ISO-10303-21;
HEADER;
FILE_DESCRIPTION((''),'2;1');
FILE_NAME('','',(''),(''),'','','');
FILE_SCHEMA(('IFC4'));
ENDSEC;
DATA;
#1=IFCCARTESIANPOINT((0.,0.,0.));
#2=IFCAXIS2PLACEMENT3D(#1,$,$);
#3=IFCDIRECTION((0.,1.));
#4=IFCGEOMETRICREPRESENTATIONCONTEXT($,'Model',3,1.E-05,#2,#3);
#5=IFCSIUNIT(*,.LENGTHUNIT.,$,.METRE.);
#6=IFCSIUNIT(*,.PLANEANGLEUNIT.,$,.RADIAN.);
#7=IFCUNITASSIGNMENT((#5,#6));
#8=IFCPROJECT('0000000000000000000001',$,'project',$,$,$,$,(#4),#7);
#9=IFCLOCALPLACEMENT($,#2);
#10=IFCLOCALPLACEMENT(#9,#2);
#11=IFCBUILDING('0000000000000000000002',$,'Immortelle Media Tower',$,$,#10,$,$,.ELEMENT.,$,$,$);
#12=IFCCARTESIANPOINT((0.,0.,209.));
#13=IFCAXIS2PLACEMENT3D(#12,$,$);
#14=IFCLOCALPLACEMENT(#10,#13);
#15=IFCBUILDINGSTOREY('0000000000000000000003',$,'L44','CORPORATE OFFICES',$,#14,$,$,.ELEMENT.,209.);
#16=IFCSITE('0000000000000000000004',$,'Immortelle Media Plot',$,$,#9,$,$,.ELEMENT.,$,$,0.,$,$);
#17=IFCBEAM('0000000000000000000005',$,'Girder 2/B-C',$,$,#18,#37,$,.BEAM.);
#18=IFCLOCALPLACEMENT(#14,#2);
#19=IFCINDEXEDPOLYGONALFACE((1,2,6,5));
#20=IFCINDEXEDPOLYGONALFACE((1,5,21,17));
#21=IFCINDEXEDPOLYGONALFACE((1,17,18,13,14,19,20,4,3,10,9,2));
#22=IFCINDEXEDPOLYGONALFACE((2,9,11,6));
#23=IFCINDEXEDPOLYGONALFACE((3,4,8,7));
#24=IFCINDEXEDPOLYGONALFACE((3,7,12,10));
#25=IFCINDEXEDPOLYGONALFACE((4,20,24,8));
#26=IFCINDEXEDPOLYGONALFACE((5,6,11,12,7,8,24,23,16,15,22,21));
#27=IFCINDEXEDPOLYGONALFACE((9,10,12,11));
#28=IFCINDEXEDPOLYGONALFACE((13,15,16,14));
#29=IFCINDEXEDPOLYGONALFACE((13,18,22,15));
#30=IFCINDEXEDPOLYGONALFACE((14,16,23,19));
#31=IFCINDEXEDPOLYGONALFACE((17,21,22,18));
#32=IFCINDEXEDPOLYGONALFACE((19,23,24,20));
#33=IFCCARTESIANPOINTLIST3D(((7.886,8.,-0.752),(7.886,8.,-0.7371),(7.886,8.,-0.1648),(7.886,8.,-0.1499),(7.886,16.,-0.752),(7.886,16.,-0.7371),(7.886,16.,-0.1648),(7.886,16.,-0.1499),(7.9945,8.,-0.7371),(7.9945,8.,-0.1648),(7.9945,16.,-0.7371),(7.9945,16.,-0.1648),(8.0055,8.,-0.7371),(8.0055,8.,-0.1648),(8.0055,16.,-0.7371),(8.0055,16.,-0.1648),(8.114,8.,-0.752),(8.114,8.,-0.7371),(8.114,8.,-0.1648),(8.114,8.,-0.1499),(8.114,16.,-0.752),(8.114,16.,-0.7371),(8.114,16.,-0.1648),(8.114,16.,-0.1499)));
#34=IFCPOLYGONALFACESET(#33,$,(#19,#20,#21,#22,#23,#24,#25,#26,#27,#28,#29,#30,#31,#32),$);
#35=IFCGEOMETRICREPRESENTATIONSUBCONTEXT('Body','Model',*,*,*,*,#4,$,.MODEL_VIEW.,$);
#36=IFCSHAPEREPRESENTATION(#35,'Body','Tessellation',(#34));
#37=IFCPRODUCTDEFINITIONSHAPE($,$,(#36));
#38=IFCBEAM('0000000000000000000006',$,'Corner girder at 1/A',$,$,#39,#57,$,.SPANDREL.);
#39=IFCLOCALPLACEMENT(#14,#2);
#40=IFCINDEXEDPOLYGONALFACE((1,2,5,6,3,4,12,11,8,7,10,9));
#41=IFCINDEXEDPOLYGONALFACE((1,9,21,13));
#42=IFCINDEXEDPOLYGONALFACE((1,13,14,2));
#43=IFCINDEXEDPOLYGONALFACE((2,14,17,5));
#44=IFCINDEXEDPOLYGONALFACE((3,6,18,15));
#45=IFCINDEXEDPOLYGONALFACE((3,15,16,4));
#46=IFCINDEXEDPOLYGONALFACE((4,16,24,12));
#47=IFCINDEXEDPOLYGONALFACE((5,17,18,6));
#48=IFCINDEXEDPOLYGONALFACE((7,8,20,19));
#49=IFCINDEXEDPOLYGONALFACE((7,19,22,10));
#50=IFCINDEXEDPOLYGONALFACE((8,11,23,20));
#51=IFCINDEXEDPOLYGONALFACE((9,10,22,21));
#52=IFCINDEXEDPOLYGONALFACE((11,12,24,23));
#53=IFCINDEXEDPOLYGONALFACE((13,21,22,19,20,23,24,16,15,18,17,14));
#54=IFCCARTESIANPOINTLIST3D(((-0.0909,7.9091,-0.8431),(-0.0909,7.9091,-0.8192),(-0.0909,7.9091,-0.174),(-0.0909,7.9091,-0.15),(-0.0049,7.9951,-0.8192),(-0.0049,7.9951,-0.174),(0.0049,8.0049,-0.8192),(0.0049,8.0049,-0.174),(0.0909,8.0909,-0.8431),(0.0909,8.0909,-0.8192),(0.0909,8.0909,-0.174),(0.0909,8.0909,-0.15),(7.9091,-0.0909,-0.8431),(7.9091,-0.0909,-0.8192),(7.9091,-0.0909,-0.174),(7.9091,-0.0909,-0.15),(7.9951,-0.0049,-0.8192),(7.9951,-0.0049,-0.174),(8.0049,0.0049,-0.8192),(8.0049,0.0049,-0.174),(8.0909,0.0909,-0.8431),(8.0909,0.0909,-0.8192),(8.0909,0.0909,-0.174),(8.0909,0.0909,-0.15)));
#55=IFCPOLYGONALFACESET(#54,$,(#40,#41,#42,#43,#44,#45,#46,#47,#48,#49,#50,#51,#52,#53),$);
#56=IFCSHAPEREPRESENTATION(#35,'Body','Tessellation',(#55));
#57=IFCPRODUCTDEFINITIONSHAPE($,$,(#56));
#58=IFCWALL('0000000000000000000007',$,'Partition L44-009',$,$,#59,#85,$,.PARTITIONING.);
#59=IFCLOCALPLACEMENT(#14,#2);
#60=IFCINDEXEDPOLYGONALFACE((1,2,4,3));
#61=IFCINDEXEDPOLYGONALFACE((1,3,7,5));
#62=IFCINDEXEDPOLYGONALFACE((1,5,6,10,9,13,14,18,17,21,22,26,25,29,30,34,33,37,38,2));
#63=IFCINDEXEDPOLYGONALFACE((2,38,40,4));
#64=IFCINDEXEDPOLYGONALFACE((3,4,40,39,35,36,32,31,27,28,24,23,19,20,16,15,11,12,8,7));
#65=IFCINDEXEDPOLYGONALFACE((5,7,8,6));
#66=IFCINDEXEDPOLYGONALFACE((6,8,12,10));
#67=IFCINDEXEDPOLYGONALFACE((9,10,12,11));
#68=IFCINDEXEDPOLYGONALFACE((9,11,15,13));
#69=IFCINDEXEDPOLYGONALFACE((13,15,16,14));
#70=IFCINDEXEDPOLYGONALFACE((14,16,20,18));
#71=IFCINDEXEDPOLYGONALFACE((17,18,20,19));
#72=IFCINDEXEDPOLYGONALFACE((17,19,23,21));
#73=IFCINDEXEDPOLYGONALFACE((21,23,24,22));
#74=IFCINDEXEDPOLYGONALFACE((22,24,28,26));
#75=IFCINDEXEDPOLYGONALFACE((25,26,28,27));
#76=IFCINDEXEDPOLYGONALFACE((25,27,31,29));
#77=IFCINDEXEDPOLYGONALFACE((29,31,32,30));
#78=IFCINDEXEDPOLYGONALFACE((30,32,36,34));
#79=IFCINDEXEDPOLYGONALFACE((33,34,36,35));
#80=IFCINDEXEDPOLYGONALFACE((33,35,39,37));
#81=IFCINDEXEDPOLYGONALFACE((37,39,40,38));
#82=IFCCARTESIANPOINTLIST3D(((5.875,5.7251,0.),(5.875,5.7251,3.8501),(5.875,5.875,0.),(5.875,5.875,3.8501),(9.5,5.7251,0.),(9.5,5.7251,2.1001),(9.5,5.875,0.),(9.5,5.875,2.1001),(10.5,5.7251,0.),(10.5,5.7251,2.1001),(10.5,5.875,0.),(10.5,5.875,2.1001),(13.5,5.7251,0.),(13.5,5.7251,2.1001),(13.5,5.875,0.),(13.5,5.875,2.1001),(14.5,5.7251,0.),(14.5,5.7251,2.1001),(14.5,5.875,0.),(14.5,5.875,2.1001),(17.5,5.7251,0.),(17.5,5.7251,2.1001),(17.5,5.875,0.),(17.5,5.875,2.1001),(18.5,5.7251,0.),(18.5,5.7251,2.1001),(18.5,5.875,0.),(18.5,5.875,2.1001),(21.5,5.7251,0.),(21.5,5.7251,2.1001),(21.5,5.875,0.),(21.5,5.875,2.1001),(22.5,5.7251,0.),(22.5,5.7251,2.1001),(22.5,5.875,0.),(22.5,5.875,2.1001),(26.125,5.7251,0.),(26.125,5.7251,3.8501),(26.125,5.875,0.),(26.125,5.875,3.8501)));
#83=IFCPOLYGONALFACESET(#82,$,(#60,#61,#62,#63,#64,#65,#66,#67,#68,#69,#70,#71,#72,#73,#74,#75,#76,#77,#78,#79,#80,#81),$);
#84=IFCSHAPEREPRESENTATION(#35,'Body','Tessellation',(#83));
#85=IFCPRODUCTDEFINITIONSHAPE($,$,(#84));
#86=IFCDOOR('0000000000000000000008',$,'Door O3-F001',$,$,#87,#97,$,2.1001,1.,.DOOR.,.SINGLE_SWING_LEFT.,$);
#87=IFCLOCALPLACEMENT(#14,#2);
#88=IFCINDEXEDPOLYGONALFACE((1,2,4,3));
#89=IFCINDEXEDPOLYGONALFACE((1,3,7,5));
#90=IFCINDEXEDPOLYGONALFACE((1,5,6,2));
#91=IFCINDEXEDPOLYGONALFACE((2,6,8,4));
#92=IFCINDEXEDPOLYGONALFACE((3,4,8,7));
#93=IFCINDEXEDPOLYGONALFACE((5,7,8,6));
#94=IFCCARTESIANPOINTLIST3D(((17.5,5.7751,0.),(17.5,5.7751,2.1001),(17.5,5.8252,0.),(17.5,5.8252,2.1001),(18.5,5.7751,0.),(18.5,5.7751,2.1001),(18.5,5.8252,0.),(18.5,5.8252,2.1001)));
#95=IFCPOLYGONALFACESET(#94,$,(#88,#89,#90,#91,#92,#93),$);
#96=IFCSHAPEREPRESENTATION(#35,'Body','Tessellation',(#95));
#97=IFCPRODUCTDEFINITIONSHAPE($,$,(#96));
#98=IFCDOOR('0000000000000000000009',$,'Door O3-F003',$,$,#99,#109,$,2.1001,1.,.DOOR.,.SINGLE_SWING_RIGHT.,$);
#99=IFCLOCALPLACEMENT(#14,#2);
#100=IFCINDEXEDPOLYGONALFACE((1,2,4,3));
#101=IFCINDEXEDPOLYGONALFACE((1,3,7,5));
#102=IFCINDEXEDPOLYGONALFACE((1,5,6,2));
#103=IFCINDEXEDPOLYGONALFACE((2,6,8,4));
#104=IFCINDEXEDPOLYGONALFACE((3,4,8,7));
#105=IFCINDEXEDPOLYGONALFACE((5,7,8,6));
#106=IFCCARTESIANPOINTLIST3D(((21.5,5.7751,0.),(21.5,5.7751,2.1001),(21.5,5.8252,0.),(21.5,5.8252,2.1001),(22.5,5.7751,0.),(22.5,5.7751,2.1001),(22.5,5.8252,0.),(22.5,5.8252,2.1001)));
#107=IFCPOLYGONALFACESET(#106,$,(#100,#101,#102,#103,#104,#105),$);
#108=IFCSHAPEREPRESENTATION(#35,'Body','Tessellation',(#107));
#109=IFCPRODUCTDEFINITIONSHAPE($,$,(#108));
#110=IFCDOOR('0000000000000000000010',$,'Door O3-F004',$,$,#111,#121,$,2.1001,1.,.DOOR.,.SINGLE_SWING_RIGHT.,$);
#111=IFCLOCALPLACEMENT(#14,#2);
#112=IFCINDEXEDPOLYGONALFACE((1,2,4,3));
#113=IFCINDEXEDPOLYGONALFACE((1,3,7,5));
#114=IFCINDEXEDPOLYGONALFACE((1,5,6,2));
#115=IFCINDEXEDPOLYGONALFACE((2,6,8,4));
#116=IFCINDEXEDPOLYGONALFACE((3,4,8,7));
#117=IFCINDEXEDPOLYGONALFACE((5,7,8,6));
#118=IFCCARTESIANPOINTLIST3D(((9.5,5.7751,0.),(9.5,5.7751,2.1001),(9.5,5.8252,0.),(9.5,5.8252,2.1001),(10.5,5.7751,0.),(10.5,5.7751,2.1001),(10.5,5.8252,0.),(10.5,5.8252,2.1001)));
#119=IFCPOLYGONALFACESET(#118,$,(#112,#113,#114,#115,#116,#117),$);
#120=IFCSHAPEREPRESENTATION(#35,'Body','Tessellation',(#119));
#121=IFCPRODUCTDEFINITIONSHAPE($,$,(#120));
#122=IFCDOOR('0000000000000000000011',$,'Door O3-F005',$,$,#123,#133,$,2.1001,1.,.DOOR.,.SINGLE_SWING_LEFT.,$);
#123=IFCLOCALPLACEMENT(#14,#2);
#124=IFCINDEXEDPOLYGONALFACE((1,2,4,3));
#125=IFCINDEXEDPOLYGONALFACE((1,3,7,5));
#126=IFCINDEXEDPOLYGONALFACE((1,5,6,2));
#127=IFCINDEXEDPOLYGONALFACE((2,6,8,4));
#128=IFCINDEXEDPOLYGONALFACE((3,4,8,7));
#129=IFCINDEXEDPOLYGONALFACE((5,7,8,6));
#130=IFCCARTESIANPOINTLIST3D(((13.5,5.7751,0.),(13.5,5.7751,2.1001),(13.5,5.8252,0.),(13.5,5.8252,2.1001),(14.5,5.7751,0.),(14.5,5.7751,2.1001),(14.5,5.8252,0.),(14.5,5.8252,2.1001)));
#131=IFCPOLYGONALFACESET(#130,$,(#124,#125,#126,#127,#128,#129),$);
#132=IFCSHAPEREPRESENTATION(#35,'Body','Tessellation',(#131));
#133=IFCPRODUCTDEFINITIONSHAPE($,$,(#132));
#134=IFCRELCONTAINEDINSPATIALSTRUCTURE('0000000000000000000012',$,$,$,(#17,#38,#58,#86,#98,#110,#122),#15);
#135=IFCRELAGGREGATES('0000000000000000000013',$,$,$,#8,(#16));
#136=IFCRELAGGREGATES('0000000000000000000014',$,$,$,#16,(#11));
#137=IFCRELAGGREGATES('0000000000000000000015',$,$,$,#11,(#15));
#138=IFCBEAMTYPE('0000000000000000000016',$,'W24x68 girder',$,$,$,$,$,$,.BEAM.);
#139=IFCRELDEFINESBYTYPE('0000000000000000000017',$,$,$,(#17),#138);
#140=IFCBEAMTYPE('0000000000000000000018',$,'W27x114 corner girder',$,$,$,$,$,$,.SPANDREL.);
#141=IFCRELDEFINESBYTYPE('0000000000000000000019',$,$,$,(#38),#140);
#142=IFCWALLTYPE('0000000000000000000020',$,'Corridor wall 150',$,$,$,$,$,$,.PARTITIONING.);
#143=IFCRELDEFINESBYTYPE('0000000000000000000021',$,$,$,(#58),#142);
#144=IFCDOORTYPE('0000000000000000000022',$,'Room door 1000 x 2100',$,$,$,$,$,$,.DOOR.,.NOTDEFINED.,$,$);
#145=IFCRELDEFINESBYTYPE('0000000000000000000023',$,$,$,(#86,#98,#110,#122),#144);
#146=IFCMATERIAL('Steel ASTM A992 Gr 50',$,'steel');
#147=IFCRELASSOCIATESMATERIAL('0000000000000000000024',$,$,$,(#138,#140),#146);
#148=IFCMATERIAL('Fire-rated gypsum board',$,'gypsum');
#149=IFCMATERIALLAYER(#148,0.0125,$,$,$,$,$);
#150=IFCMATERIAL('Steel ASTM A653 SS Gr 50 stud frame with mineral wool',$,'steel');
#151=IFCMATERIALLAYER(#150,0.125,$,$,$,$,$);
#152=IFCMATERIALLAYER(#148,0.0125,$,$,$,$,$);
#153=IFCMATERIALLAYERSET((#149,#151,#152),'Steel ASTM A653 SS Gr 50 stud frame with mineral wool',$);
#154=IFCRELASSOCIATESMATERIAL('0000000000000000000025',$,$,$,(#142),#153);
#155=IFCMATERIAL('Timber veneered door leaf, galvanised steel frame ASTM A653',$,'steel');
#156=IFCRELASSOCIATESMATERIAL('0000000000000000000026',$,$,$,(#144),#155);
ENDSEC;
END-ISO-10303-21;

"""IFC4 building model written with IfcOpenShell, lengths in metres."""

from ifc_helpers import new_model, si_unit, direction, frame, frame_2d, origin, origin_2d, place, context, subcontext, project, spatial, rectangle, i_section, extrude, material, layer, layer_set, material_profile, profile_set, type_object, element, fill, save


model = new_model("IFC4")

# Units and contexts
model_context = context("Model", 3, precision=1e-05, world=origin(), true_north=direction((0.0, 1.0)))
body_context = subcontext(model_context, "Body", "Model", "MODEL_VIEW")
ifc_project = project(units=[si_unit("LENGTHUNIT", "METRE"), si_unit("PLANEANGLEUNIT", "RADIAN")], contexts=[model_context])

# Site, building, storey
site_placement = place(None, origin())
site = spatial("IfcSite", under=ifc_project, at=site_placement, Name="Immortelle Media Plot", CompositionType="ELEMENT", RefElevation=0.0)
building_placement = place(site_placement, origin())
building = spatial("IfcBuilding", under=site, at=building_placement, Name="Immortelle Media Tower", CompositionType="ELEMENT")
storey_placement = place(building_placement, frame((0.0, 0.0, 209.0)))
storey = spatial("IfcBuildingStorey", under=building, at=storey_placement, Name="L44", Description="CORPORATE OFFICES", CompositionType="ELEMENT", Elevation=209.0)

# Shared definitions
ifc_material_1 = material(Name="Steel ASTM A992 Gr 50", Category="steel")

# Beams
ifc_material_profile_1 = material_profile(ifc_material_1, i_section(OverallWidth=0.228, OverallDepth=0.6021, WebThickness=0.011, FlangeThickness=0.0149, at=origin_2d()), Name="W24x68")
ifc_profile_set_1 = profile_set([ifc_material_profile_1], Name="Steel ASTM A992 Gr 50")
beam_type_1 = type_object("IfcBeamType", Name="W24x68 girder", PredefinedType="BEAM", material=ifc_profile_set_1)
for number, where, z_axis, x_axis, name in (
    (1, (8.0, 8.0, -0.4509), (0.0, 1.0, 0.0), (-1.0, 0.0, 0.0), "Girder 2/B-C"),
):
    element("IfcBeam", number, at=place(storey_placement, frame(where, z_axis=z_axis, x_axis=x_axis)), inside=storey, type_object=beam_type_1, Name=name, PredefinedType="BEAM", context=body_context, shape_type="SweptSolid", body=[
        extrude(i_section(OverallWidth=0.228, OverallDepth=0.6021, WebThickness=0.011, FlangeThickness=0.0149, at=origin_2d()), origin(), (0.0, 0.0, 1.0), 8.0),
    ])
ifc_material_profile_2 = material_profile(ifc_material_1, i_section(OverallWidth=0.2571, OverallDepth=0.6931, WebThickness=0.0139, FlangeThickness=0.0239, at=origin_2d()), Name="W27x114")
ifc_profile_set_2 = profile_set([ifc_material_profile_2], Name="Steel ASTM A992 Gr 50")
beam_type_2 = type_object("IfcBeamType", Name="W27x114 corner girder", PredefinedType="SPANDREL", material=ifc_profile_set_2)
beam_1_placement = place(storey_placement, frame((8.0, 0.0, -0.4966), z_axis=(-0.707107, 0.707107, 0.0), x_axis=(-0.707107, -0.707107, 0.0)))
element("IfcBeam", 2, at=beam_1_placement, inside=storey, type_object=beam_type_2, Name="Corner girder at 1/A", PredefinedType="SPANDREL", context=body_context, shape_type="SweptSolid", body=[
    extrude(i_section(OverallWidth=0.2571, OverallDepth=0.6931, WebThickness=0.0139, FlangeThickness=0.0239, at=origin_2d()), origin(), (0.0, 0.0, 1.0), 11.3137),
])

# Wall, openings, doors
ifc_material_2 = material(Name="Fire-rated gypsum board", Category="gypsum")
ifc_layer_1 = layer(ifc_material_2, 0.0125)
ifc_material_3 = material(Name="Steel ASTM A653 SS Gr 50 stud frame with mineral wool", Category="steel")
ifc_layer_2 = layer(ifc_material_3, 0.125)
ifc_layer_3 = layer(ifc_material_2, 0.0125)
ifc_layer_set_1 = layer_set([ifc_layer_1, ifc_layer_2, ifc_layer_3], Name="Steel ASTM A653 SS Gr 50 stud frame with mineral wool")
wall_type_1 = type_object("IfcWallType", Name="Corridor wall 150", PredefinedType="PARTITIONING", material=ifc_layer_set_1)
wall_1_placement = place(storey_placement, frame((5.875, 5.8, 0.0), z_axis=(0.0, 0.0, 1.0), x_axis=(1.0, 0.0, 0.0)))
wall_1 = element("IfcWall", 3, at=wall_1_placement, inside=storey, type_object=wall_type_1, Name="Partition L44-009", PredefinedType="PARTITIONING", context=body_context, shape_type="SweptSolid", body=[
    extrude(rectangle(XDim=20.25, YDim=0.1499, at=frame_2d((10.125, 0.0))), origin(), (0.0, 0.0, 1.0), 3.8501),
])
opening_1_placement = place(wall_1_placement, frame((12.625, 0.0, 0.0), z_axis=(0.0, 0.0, 1.0), x_axis=(-1.0, 0.0, 0.0)))
opening_1 = element("IfcOpeningElement", 4, at=opening_1_placement, cuts=wall_1, PredefinedType="OPENING", context=body_context, shape_type="SweptSolid", body=[
    extrude(rectangle(XDim=1.0, YDim=2.1001, at=frame_2d((0.5, 1.05))), frame((0.0, 0.085, 0.0), z_axis=(0.0, -1.0, 0.0), x_axis=(1.0, 0.0, 0.0)), (0.0, 0.0, 1.0), 0.1699),
])
opening_2_placement = place(wall_1_placement, frame((16.625, 0.0, 0.0), z_axis=(0.0, 0.0, 1.0), x_axis=(-1.0, 0.0, 0.0)))
opening_2 = element("IfcOpeningElement", 5, at=opening_2_placement, cuts=wall_1, PredefinedType="OPENING", context=body_context, shape_type="SweptSolid", body=[
    extrude(rectangle(XDim=1.0, YDim=2.1001, at=frame_2d((0.5, 1.05))), frame((0.0, 0.085, 0.0), z_axis=(0.0, -1.0, 0.0), x_axis=(1.0, 0.0, 0.0)), (0.0, 0.0, 1.0), 0.1699),
])
opening_3_placement = place(wall_1_placement, frame((4.625, 0.0, 0.0), z_axis=(0.0, 0.0, 1.0), x_axis=(-1.0, 0.0, 0.0)))
opening_3 = element("IfcOpeningElement", 6, at=opening_3_placement, cuts=wall_1, PredefinedType="OPENING", context=body_context, shape_type="SweptSolid", body=[
    extrude(rectangle(XDim=1.0, YDim=2.1001, at=frame_2d((0.5, 1.05))), frame((0.0, 0.085, 0.0), z_axis=(0.0, -1.0, 0.0), x_axis=(1.0, 0.0, 0.0)), (0.0, 0.0, 1.0), 0.1699),
])
opening_4_placement = place(wall_1_placement, frame((8.625, 0.0, 0.0), z_axis=(0.0, 0.0, 1.0), x_axis=(-1.0, 0.0, 0.0)))
opening_4 = element("IfcOpeningElement", 7, at=opening_4_placement, cuts=wall_1, PredefinedType="OPENING", context=body_context, shape_type="SweptSolid", body=[
    extrude(rectangle(XDim=1.0, YDim=2.1001, at=frame_2d((0.5, 1.05))), frame((0.0, 0.085, 0.0), z_axis=(0.0, -1.0, 0.0), x_axis=(1.0, 0.0, 0.0)), (0.0, 0.0, 1.0), 0.1699),
])
ifc_material_4 = material(Name="Timber veneered door leaf, galvanised steel frame ASTM A653", Category="steel")
door_type = type_object("IfcDoorType", Name="Room door 1000 x 2100", OperationType="NOTDEFINED", PredefinedType="DOOR", material=ifc_material_4)
door_1_placement = place(opening_1_placement, origin())
door_1 = element("IfcDoor", 8, at=door_1_placement, inside=storey, type_object=door_type, Name="Door O3-F001", OperationType="SINGLE_SWING_LEFT", OverallHeight=2.1001, OverallWidth=1.0, PredefinedType="DOOR", context=body_context, shape_type="SweptSolid", body=[
    extrude(rectangle(XDim=1.0, YDim=2.1001, at=frame_2d((0.5, 1.05))), frame((0.0, 0.0249, 0.0), z_axis=(0.0, -1.0, 0.0), x_axis=(1.0, 0.0, 0.0)), (0.0, 0.0, 1.0), 0.05),
])
fill(opening_1, door_1)
door_2_placement = place(opening_2_placement, origin())
door_2 = element("IfcDoor", 9, at=door_2_placement, inside=storey, type_object=door_type, Name="Door O3-F003", OperationType="SINGLE_SWING_RIGHT", OverallHeight=2.1001, OverallWidth=1.0, PredefinedType="DOOR", context=body_context, shape_type="SweptSolid", body=[
    extrude(rectangle(XDim=1.0, YDim=2.1001, at=frame_2d((0.5, 1.05))), frame((0.0, 0.0249, 0.0), z_axis=(0.0, -1.0, 0.0), x_axis=(1.0, 0.0, 0.0)), (0.0, 0.0, 1.0), 0.05),
])
fill(opening_2, door_2)
door_3_placement = place(opening_3_placement, origin())
door_3 = element("IfcDoor", 10, at=door_3_placement, inside=storey, type_object=door_type, Name="Door O3-F004", OperationType="SINGLE_SWING_RIGHT", OverallHeight=2.1001, OverallWidth=1.0, PredefinedType="DOOR", context=body_context, shape_type="SweptSolid", body=[
    extrude(rectangle(XDim=1.0, YDim=2.1001, at=frame_2d((0.5, 1.05))), frame((0.0, 0.0249, 0.0), z_axis=(0.0, -1.0, 0.0), x_axis=(1.0, 0.0, 0.0)), (0.0, 0.0, 1.0), 0.05),
])
fill(opening_3, door_3)
door_4_placement = place(opening_4_placement, origin())
door_4 = element("IfcDoor", 11, at=door_4_placement, inside=storey, type_object=door_type, Name="Door O3-F005", OperationType="SINGLE_SWING_LEFT", OverallHeight=2.1001, OverallWidth=1.0, PredefinedType="DOOR", context=body_context, shape_type="SweptSolid", body=[
    extrude(rectangle(XDim=1.0, YDim=2.1001, at=frame_2d((0.5, 1.05))), frame((0.0, 0.0249, 0.0), z_axis=(0.0, -1.0, 0.0), x_axis=(1.0, 0.0, 0.0)), (0.0, 0.0, 1.0), 0.05),
])
fill(opening_4, door_4)

save(model, "model.ifc")
